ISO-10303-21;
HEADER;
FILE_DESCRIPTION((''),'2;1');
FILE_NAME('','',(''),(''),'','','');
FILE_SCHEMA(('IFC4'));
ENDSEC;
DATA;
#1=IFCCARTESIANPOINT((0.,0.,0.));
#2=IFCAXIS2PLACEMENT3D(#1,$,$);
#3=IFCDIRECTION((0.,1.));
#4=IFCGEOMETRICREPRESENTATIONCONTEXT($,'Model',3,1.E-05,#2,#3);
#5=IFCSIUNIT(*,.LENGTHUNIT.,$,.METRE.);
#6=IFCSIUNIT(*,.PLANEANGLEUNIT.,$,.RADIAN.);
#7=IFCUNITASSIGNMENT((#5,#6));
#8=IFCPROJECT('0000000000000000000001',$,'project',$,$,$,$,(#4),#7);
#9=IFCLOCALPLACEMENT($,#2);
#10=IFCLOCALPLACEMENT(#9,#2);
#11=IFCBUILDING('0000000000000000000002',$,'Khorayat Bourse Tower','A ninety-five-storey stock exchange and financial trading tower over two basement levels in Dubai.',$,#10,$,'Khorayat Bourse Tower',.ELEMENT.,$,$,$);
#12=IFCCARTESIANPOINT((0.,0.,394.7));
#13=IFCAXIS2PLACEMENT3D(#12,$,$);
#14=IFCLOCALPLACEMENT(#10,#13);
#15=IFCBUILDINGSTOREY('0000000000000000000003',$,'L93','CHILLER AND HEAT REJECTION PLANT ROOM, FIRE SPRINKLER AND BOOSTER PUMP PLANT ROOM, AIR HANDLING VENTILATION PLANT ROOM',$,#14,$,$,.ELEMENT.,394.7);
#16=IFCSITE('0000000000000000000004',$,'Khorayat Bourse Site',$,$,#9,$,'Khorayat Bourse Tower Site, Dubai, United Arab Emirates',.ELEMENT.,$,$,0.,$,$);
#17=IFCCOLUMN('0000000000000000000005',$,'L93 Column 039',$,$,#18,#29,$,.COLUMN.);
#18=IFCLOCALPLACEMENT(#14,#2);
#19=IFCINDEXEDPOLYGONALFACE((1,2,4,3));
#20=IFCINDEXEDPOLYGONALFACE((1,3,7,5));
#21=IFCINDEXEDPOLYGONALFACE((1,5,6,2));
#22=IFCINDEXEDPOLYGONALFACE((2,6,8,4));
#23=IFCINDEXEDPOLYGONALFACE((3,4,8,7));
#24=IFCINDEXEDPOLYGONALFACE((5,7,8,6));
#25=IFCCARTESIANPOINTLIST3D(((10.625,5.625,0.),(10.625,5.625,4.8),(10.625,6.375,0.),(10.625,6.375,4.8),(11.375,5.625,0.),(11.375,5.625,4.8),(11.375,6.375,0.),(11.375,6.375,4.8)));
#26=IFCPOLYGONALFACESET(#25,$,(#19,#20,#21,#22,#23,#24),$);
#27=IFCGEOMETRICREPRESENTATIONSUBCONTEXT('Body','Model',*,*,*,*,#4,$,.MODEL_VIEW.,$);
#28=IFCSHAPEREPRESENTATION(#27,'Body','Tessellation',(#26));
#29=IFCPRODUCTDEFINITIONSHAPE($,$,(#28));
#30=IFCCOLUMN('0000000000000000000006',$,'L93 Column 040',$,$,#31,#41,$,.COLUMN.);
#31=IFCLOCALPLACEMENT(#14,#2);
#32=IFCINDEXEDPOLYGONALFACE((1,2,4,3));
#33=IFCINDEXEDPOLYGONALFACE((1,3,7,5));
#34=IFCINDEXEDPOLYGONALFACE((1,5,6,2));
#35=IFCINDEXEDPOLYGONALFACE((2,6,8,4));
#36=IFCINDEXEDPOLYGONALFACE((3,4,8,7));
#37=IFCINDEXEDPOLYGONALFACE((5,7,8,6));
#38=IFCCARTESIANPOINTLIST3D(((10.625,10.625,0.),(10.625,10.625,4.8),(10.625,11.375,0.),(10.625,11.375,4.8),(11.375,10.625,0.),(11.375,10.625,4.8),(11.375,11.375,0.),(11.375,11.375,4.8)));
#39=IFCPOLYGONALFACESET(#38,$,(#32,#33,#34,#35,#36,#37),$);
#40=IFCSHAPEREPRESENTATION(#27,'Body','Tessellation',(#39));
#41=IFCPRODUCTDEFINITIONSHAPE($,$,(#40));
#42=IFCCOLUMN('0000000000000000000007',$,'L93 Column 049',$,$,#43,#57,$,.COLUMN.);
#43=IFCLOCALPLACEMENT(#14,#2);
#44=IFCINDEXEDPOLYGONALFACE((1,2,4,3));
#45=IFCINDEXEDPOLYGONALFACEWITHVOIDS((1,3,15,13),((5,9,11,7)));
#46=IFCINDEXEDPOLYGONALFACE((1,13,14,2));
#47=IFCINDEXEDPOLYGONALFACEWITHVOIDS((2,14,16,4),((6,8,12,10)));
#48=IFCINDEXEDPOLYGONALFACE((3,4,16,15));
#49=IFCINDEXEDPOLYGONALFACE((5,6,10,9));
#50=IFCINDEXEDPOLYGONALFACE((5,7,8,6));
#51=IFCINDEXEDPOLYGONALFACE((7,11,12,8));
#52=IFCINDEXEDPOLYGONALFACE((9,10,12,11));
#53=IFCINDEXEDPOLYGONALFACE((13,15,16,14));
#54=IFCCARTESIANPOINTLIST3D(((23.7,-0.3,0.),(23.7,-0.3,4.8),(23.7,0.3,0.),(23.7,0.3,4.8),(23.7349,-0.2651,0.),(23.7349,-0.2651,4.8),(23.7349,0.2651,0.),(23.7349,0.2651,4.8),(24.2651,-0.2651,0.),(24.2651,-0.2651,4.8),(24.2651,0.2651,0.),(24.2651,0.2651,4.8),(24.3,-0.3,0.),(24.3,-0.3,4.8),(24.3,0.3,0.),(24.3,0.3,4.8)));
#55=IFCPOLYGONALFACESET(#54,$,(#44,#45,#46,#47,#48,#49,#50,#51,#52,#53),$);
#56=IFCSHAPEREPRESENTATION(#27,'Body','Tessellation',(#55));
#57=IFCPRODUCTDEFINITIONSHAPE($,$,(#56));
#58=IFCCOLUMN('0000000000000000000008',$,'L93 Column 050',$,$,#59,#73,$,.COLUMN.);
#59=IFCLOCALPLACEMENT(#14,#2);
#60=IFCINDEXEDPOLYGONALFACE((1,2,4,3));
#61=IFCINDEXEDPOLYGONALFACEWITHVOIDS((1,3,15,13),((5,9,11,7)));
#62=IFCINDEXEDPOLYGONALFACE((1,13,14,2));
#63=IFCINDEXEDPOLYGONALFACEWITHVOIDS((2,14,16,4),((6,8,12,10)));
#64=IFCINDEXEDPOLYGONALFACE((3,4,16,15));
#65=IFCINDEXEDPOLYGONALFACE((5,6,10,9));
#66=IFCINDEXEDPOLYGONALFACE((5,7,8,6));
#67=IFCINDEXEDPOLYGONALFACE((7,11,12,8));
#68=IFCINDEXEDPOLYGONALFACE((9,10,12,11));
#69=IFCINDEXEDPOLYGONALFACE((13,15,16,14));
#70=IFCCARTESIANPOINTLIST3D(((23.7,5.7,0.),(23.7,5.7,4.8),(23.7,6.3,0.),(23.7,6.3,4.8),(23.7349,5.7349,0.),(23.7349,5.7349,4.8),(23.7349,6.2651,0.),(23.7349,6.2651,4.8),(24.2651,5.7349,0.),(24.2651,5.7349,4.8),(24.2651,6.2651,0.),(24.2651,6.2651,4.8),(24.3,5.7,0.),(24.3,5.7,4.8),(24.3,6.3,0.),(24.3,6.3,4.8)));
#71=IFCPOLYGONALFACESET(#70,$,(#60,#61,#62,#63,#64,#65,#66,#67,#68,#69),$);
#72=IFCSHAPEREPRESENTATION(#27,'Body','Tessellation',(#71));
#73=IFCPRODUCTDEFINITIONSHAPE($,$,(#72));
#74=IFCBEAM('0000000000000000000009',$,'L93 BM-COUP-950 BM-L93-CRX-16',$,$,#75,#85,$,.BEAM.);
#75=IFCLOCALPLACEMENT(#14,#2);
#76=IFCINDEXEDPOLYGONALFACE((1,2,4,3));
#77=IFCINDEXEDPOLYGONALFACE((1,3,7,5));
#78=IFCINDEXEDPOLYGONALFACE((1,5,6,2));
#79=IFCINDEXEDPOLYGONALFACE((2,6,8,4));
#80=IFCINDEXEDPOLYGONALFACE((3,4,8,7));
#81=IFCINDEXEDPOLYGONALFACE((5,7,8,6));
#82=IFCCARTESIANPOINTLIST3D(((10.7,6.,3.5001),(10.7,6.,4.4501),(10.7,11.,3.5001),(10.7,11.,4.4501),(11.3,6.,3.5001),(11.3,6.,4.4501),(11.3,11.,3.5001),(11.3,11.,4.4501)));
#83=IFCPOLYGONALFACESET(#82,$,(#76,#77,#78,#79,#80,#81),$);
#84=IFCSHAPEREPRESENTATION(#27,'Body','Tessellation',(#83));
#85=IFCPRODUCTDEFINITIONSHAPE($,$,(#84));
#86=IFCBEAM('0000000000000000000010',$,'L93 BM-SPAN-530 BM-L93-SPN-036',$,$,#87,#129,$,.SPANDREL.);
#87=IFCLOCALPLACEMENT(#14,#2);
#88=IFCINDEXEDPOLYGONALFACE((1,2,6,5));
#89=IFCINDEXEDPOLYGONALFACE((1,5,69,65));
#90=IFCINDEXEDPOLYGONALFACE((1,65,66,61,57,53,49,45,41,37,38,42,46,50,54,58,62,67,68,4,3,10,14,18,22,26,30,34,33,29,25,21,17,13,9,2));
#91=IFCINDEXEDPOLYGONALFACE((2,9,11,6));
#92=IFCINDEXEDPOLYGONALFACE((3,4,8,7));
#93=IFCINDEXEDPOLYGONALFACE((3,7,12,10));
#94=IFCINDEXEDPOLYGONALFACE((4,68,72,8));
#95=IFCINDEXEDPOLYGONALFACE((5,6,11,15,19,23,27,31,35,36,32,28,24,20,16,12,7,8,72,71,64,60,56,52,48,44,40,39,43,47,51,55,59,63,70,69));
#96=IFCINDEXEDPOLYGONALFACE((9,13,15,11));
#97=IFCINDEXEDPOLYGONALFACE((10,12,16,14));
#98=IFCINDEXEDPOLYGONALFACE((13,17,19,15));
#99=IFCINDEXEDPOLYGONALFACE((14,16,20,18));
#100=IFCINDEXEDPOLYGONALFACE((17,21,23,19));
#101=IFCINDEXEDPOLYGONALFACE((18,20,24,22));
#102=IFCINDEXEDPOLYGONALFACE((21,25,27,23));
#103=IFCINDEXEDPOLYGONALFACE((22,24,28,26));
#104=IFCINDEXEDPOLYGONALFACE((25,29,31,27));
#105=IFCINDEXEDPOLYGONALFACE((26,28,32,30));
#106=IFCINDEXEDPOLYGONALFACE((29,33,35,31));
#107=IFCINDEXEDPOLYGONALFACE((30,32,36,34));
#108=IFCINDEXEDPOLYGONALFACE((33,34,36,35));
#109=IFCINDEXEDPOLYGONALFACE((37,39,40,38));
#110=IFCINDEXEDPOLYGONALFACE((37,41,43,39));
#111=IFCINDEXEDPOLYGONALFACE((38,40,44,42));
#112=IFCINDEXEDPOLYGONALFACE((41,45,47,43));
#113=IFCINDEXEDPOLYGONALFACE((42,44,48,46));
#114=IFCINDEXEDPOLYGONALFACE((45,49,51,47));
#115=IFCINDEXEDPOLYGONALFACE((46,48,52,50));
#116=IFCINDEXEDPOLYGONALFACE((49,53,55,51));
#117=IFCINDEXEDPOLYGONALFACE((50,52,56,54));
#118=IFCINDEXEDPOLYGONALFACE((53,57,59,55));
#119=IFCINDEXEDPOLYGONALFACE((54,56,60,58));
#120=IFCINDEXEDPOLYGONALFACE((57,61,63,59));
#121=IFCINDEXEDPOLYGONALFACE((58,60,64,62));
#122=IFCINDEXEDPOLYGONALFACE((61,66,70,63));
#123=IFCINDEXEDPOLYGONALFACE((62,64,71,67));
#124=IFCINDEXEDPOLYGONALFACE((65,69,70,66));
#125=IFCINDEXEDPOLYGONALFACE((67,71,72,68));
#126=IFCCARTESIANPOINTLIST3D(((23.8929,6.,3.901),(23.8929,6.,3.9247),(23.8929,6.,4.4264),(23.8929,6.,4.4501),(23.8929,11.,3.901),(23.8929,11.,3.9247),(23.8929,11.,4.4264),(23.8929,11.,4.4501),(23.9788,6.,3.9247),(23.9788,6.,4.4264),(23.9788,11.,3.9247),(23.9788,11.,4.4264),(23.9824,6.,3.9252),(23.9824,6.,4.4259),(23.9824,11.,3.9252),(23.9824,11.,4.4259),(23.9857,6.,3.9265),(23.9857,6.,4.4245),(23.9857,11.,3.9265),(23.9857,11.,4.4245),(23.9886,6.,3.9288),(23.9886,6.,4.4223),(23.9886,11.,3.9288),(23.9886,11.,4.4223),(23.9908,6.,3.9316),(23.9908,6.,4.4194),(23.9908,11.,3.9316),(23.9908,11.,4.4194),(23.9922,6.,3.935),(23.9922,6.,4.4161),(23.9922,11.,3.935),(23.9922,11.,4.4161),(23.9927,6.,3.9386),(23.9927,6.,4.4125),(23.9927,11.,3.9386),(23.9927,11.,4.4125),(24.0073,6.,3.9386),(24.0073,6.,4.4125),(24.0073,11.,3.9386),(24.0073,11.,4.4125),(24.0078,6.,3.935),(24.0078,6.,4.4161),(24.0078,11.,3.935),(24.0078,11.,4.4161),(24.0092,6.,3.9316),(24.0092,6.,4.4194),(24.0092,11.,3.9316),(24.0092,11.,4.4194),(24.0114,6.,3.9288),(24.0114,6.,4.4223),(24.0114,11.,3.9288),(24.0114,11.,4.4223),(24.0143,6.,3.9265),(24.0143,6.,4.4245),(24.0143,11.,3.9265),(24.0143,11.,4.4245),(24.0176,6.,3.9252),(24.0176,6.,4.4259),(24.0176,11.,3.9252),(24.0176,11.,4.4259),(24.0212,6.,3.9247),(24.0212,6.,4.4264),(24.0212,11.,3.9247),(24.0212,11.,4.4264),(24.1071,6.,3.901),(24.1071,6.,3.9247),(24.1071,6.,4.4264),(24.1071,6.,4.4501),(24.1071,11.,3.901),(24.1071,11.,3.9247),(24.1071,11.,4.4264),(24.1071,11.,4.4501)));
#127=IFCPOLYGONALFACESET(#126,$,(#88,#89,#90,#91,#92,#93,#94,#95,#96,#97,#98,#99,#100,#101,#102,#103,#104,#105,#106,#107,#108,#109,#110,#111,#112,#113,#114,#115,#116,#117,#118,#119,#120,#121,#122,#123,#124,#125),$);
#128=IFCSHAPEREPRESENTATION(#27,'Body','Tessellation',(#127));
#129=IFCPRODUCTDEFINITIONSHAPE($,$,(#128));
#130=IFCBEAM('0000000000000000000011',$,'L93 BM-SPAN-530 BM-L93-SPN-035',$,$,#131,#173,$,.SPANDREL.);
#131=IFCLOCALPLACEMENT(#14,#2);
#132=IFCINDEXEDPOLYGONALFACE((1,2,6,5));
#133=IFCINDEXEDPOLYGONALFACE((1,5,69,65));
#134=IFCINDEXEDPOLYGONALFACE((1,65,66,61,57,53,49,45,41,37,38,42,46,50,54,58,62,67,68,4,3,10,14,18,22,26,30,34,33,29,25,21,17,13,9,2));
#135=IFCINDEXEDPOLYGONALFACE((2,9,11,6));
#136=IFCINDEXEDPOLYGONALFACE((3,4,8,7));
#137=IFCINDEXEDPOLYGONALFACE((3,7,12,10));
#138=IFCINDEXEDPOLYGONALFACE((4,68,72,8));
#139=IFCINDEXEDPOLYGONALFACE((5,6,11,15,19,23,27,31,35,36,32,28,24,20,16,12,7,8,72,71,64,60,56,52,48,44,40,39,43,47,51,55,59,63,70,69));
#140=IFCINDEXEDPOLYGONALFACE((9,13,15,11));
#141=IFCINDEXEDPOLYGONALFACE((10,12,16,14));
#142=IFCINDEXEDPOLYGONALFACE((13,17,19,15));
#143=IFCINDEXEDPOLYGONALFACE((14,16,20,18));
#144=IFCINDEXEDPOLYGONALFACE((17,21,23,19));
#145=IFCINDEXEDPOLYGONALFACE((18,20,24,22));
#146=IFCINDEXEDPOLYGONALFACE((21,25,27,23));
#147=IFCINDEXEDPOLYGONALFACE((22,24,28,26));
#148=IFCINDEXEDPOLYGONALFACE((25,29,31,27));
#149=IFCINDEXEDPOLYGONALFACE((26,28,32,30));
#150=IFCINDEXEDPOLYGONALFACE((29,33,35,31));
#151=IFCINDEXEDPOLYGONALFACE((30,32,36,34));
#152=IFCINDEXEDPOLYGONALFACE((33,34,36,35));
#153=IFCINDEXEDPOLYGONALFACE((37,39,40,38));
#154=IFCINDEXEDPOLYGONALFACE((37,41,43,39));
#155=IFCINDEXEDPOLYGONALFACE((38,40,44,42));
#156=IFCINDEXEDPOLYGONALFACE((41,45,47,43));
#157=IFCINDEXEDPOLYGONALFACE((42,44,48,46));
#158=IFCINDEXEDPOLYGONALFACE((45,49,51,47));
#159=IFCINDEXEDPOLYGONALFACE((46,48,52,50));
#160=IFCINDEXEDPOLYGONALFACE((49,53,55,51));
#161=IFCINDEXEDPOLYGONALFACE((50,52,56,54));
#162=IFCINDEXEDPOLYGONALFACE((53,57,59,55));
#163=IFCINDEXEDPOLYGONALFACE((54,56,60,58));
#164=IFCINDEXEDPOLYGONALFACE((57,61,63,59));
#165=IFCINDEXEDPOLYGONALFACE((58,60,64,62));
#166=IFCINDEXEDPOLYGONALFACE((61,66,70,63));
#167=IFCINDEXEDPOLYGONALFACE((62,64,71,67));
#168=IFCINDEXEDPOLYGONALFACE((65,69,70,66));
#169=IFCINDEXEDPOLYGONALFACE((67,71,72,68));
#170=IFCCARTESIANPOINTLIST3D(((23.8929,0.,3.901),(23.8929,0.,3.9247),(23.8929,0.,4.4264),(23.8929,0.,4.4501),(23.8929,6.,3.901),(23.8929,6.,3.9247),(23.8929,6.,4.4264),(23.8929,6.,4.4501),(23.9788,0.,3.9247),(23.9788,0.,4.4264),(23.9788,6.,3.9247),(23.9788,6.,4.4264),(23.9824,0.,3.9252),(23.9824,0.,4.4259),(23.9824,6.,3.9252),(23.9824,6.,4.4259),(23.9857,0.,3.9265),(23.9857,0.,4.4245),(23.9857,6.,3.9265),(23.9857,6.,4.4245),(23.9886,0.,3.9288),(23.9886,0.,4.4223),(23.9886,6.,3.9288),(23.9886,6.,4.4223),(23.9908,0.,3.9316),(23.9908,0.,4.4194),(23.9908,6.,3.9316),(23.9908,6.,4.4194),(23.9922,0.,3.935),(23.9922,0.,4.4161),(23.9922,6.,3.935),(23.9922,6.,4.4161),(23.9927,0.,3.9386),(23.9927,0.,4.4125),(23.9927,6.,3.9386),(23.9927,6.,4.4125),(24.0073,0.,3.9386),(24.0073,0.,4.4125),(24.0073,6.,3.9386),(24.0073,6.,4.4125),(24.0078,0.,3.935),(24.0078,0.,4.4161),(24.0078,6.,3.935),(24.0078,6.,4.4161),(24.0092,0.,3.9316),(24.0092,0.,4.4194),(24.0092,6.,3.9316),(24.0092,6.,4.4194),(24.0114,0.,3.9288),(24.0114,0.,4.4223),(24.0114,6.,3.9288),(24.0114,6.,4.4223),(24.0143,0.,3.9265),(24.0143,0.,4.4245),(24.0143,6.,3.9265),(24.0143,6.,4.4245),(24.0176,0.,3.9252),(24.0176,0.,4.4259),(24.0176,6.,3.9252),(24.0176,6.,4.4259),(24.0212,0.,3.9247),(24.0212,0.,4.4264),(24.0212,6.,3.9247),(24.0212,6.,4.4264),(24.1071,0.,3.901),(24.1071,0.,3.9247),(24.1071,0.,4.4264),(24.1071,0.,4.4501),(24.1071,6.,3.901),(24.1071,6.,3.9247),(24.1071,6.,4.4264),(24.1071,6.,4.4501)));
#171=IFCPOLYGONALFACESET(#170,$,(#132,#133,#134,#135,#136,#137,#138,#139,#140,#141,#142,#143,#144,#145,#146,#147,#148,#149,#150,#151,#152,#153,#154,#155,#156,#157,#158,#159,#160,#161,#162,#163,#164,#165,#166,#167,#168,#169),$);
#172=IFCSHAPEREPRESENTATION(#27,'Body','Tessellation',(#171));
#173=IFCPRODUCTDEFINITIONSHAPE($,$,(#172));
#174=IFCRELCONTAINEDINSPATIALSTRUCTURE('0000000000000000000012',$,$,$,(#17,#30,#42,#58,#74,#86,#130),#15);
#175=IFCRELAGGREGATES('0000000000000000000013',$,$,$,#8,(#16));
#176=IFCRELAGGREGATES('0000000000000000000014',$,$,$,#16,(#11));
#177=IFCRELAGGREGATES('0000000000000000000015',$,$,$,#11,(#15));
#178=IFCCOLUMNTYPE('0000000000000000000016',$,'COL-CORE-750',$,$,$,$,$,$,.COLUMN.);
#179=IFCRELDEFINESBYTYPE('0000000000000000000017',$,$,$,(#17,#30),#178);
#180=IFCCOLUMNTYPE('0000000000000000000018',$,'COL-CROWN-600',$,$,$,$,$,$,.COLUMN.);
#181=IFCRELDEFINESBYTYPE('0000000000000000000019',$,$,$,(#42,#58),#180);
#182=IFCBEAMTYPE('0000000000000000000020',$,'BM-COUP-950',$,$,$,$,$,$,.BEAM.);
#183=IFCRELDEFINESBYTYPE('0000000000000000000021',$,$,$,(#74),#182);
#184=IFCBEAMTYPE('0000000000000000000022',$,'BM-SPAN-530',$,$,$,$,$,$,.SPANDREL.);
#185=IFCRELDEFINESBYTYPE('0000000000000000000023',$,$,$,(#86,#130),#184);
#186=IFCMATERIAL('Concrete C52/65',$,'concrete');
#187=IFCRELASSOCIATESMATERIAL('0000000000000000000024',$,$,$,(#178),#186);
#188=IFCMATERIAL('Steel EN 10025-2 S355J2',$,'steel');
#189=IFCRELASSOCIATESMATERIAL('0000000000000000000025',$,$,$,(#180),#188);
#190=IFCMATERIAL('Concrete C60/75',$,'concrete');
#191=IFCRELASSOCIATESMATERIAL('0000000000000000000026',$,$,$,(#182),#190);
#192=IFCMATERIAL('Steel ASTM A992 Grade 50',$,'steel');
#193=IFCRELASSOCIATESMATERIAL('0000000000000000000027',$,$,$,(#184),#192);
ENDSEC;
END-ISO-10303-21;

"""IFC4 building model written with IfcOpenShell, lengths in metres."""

from ifc_helpers import new_model, si_unit, direction, frame, origin, origin_2d, place, context, subcontext, project, spatial, rectangle, hollow_rectangle, i_section, extrude, source, transform, mapped, material, material_profile, profile_set, type_object, element, save


model = new_model("IFC4")

# Units and contexts
model_context = context("Model", 3, precision=1e-05, world=origin(), true_north=direction((0.0, 1.0)))
body_context = subcontext(model_context, "Body", "Model", "MODEL_VIEW")
ifc_project = project(units=[si_unit("LENGTHUNIT", "METRE"), si_unit("PLANEANGLEUNIT", "RADIAN")], contexts=[model_context])

# Site, building, storey
site_placement = place(None, origin())
site = spatial("IfcSite", under=ifc_project, at=site_placement, Name="Khorayat Bourse Site", LongName="Khorayat Bourse Tower Site, Dubai, United Arab Emirates", CompositionType="ELEMENT", RefElevation=0.0)
building_placement = place(site_placement, origin())
building = spatial("IfcBuilding", under=site, at=building_placement, Name="Khorayat Bourse Tower", Description="A ninety-five-storey stock exchange and financial trading tower over two basement levels in Dubai.", LongName="Khorayat Bourse Tower", CompositionType="ELEMENT")
storey_placement = place(building_placement, frame((0.0, 0.0, 394.7)))
storey = spatial("IfcBuildingStorey", under=building, at=storey_placement, Name="L93", Description="CHILLER AND HEAT REJECTION PLANT ROOM, FIRE SPRINKLER AND BOOSTER PUMP PLANT ROOM, AIR HANDLING VENTILATION PLANT ROOM", CompositionType="ELEMENT", Elevation=394.7)

# Columns
ifc_material_1 = material(Name="Concrete C52/65", Category="concrete")
ifc_material_profile_1 = material_profile(ifc_material_1, rectangle(XDim=0.75, YDim=0.75, at=origin_2d()), Name="RC 750x750")
ifc_profile_set_1 = profile_set([ifc_material_profile_1], Name="Concrete C52/65")
column_type_1 = type_object("IfcColumnType", Name="COL-CORE-750", PredefinedType="COLUMN", material=ifc_profile_set_1)
shared_shape_1 = source(origin(), body_context, "Body", "SweptSolid", [
    extrude(rectangle(XDim=0.75, YDim=0.75, at=origin_2d()), origin(), (0.0, 0.0, 1.0), 4.8),
])
for number, where, z_axis, x_axis, name in (
    (1, (11.0, 6.0, 0.0), (0.0, 0.0, 1.0), (1.0, 0.0, 0.0), "L93 Column 039"),
    (2, (11.0, 11.0, 0.0), (0.0, 0.0, 1.0), (1.0, 0.0, 0.0), "L93 Column 040"),
):
    element("IfcColumn", number, at=place(storey_placement, frame(where, z_axis=z_axis, x_axis=x_axis)), inside=storey, type_object=column_type_1, Name=name, PredefinedType="COLUMN", context=body_context, shape_type="MappedRepresentation", body=[
        mapped(shared_shape_1, transform((0.0, 0.0, 0.0), scale=1.0)),
    ])
ifc_material_2 = material(Name="Steel EN 10025-2 S355J2", Category="steel")
ifc_material_profile_2 = material_profile(ifc_material_2, hollow_rectangle(XDim=0.6001, YDim=0.6001, WallThickness=0.0349, at=origin_2d()), Name="BOX 600x600x35")
ifc_profile_set_2 = profile_set([ifc_material_profile_2], Name="Steel EN 10025-2 S355J2")
column_type_2 = type_object("IfcColumnType", Name="COL-CROWN-600", PredefinedType="COLUMN", material=ifc_profile_set_2)
shared_shape_2 = source(origin(), body_context, "Body", "SweptSolid", [
    extrude(hollow_rectangle(XDim=0.6001, YDim=0.6001, WallThickness=0.0349, at=origin_2d()), origin(), (0.0, 0.0, 1.0), 4.8),
])
for number, where, z_axis, x_axis, name in (
    (3, (24.0, 0.0, 0.0), (0.0, 0.0, 1.0), (1.0, 0.0, 0.0), "L93 Column 049"),
    (4, (24.0, 6.0, 0.0), (0.0, 0.0, 1.0), (1.0, 0.0, 0.0), "L93 Column 050"),
):
    element("IfcColumn", number, at=place(storey_placement, frame(where, z_axis=z_axis, x_axis=x_axis)), inside=storey, type_object=column_type_2, Name=name, PredefinedType="COLUMN", context=body_context, shape_type="MappedRepresentation", body=[
        mapped(shared_shape_2, transform((0.0, 0.0, 0.0), scale=1.0)),
    ])

# Beams
ifc_material_3 = material(Name="Concrete C60/75", Category="concrete")
ifc_material_profile_3 = material_profile(ifc_material_3, rectangle(XDim=0.6001, YDim=0.95, at=origin_2d()), Name="RC 600x950")
ifc_profile_set_3 = profile_set([ifc_material_profile_3], Name="Concrete C60/75")
beam_type_1 = type_object("IfcBeamType", Name="BM-COUP-950", PredefinedType="BEAM", material=ifc_profile_set_3)
shared_shape_3 = source(origin(), body_context, "Body", "SweptSolid", [
    extrude(rectangle(XDim=0.6001, YDim=0.95, at=origin_2d()), origin(), (0.0, 0.0, 1.0), 5.0),
])
beam_1_placement = place(storey_placement, frame((11.0, 6.0, 3.9751), z_axis=(0.0, 1.0, 0.0), x_axis=(-1.0, 0.0, 0.0)))
element("IfcBeam", 5, at=beam_1_placement, inside=storey, type_object=beam_type_1, Name="L93 BM-COUP-950 BM-L93-CRX-16", PredefinedType="BEAM", context=body_context, shape_type="MappedRepresentation", body=[
    mapped(shared_shape_3, transform((0.0, 0.0, 0.0), scale=1.0)),
])
ifc_material_4 = material(Name="Steel ASTM A992 Grade 50", Category="steel")
ifc_material_profile_4 = material_profile(ifc_material_4, i_section(OverallWidth=0.2141, OverallDepth=0.5491, WebThickness=0.0146, FlangeThickness=0.0237, FilletRadius=0.0139, at=origin_2d()), Name="W530X138")
ifc_profile_set_4 = profile_set([ifc_material_profile_4], Name="Steel ASTM A992 Grade 50")
beam_type_2 = type_object("IfcBeamType", Name="BM-SPAN-530", PredefinedType="SPANDREL", material=ifc_profile_set_4)
shared_shape_4 = source(origin(), body_context, "Body", "SweptSolid", [
    extrude(i_section(OverallWidth=0.2141, OverallDepth=0.5491, WebThickness=0.0146, FlangeThickness=0.0237, FilletRadius=0.0139, at=origin_2d()), origin(), (0.0, 0.0, 1.0), 5.0),
])
beam_2_placement = place(storey_placement, frame((24.0, 6.0, 4.1755), z_axis=(0.0, 1.0, 0.0), x_axis=(-1.0, 0.0, 0.0)))
element("IfcBeam", 6, at=beam_2_placement, inside=storey, type_object=beam_type_2, Name="L93 BM-SPAN-530 BM-L93-SPN-036", PredefinedType="SPANDREL", context=body_context, shape_type="MappedRepresentation", body=[
    mapped(shared_shape_4, transform((0.0, 0.0, 0.0), scale=1.0)),
])
shared_shape_5 = source(origin(), body_context, "Body", "SweptSolid", [
    extrude(i_section(OverallWidth=0.2141, OverallDepth=0.5491, WebThickness=0.0146, FlangeThickness=0.0237, FilletRadius=0.0139, at=origin_2d()), origin(), (0.0, 0.0, 1.0), 6.0),
])
beam_3_placement = place(storey_placement, frame((24.0, 0.0, 4.1755), z_axis=(0.0, 1.0, 0.0), x_axis=(-1.0, 0.0, 0.0)))
element("IfcBeam", 7, at=beam_3_placement, inside=storey, type_object=beam_type_2, Name="L93 BM-SPAN-530 BM-L93-SPN-035", PredefinedType="SPANDREL", context=body_context, shape_type="MappedRepresentation", body=[
    mapped(shared_shape_5, transform((0.0, 0.0, 0.0), scale=1.0)),
])

save(model, "model.ifc")
